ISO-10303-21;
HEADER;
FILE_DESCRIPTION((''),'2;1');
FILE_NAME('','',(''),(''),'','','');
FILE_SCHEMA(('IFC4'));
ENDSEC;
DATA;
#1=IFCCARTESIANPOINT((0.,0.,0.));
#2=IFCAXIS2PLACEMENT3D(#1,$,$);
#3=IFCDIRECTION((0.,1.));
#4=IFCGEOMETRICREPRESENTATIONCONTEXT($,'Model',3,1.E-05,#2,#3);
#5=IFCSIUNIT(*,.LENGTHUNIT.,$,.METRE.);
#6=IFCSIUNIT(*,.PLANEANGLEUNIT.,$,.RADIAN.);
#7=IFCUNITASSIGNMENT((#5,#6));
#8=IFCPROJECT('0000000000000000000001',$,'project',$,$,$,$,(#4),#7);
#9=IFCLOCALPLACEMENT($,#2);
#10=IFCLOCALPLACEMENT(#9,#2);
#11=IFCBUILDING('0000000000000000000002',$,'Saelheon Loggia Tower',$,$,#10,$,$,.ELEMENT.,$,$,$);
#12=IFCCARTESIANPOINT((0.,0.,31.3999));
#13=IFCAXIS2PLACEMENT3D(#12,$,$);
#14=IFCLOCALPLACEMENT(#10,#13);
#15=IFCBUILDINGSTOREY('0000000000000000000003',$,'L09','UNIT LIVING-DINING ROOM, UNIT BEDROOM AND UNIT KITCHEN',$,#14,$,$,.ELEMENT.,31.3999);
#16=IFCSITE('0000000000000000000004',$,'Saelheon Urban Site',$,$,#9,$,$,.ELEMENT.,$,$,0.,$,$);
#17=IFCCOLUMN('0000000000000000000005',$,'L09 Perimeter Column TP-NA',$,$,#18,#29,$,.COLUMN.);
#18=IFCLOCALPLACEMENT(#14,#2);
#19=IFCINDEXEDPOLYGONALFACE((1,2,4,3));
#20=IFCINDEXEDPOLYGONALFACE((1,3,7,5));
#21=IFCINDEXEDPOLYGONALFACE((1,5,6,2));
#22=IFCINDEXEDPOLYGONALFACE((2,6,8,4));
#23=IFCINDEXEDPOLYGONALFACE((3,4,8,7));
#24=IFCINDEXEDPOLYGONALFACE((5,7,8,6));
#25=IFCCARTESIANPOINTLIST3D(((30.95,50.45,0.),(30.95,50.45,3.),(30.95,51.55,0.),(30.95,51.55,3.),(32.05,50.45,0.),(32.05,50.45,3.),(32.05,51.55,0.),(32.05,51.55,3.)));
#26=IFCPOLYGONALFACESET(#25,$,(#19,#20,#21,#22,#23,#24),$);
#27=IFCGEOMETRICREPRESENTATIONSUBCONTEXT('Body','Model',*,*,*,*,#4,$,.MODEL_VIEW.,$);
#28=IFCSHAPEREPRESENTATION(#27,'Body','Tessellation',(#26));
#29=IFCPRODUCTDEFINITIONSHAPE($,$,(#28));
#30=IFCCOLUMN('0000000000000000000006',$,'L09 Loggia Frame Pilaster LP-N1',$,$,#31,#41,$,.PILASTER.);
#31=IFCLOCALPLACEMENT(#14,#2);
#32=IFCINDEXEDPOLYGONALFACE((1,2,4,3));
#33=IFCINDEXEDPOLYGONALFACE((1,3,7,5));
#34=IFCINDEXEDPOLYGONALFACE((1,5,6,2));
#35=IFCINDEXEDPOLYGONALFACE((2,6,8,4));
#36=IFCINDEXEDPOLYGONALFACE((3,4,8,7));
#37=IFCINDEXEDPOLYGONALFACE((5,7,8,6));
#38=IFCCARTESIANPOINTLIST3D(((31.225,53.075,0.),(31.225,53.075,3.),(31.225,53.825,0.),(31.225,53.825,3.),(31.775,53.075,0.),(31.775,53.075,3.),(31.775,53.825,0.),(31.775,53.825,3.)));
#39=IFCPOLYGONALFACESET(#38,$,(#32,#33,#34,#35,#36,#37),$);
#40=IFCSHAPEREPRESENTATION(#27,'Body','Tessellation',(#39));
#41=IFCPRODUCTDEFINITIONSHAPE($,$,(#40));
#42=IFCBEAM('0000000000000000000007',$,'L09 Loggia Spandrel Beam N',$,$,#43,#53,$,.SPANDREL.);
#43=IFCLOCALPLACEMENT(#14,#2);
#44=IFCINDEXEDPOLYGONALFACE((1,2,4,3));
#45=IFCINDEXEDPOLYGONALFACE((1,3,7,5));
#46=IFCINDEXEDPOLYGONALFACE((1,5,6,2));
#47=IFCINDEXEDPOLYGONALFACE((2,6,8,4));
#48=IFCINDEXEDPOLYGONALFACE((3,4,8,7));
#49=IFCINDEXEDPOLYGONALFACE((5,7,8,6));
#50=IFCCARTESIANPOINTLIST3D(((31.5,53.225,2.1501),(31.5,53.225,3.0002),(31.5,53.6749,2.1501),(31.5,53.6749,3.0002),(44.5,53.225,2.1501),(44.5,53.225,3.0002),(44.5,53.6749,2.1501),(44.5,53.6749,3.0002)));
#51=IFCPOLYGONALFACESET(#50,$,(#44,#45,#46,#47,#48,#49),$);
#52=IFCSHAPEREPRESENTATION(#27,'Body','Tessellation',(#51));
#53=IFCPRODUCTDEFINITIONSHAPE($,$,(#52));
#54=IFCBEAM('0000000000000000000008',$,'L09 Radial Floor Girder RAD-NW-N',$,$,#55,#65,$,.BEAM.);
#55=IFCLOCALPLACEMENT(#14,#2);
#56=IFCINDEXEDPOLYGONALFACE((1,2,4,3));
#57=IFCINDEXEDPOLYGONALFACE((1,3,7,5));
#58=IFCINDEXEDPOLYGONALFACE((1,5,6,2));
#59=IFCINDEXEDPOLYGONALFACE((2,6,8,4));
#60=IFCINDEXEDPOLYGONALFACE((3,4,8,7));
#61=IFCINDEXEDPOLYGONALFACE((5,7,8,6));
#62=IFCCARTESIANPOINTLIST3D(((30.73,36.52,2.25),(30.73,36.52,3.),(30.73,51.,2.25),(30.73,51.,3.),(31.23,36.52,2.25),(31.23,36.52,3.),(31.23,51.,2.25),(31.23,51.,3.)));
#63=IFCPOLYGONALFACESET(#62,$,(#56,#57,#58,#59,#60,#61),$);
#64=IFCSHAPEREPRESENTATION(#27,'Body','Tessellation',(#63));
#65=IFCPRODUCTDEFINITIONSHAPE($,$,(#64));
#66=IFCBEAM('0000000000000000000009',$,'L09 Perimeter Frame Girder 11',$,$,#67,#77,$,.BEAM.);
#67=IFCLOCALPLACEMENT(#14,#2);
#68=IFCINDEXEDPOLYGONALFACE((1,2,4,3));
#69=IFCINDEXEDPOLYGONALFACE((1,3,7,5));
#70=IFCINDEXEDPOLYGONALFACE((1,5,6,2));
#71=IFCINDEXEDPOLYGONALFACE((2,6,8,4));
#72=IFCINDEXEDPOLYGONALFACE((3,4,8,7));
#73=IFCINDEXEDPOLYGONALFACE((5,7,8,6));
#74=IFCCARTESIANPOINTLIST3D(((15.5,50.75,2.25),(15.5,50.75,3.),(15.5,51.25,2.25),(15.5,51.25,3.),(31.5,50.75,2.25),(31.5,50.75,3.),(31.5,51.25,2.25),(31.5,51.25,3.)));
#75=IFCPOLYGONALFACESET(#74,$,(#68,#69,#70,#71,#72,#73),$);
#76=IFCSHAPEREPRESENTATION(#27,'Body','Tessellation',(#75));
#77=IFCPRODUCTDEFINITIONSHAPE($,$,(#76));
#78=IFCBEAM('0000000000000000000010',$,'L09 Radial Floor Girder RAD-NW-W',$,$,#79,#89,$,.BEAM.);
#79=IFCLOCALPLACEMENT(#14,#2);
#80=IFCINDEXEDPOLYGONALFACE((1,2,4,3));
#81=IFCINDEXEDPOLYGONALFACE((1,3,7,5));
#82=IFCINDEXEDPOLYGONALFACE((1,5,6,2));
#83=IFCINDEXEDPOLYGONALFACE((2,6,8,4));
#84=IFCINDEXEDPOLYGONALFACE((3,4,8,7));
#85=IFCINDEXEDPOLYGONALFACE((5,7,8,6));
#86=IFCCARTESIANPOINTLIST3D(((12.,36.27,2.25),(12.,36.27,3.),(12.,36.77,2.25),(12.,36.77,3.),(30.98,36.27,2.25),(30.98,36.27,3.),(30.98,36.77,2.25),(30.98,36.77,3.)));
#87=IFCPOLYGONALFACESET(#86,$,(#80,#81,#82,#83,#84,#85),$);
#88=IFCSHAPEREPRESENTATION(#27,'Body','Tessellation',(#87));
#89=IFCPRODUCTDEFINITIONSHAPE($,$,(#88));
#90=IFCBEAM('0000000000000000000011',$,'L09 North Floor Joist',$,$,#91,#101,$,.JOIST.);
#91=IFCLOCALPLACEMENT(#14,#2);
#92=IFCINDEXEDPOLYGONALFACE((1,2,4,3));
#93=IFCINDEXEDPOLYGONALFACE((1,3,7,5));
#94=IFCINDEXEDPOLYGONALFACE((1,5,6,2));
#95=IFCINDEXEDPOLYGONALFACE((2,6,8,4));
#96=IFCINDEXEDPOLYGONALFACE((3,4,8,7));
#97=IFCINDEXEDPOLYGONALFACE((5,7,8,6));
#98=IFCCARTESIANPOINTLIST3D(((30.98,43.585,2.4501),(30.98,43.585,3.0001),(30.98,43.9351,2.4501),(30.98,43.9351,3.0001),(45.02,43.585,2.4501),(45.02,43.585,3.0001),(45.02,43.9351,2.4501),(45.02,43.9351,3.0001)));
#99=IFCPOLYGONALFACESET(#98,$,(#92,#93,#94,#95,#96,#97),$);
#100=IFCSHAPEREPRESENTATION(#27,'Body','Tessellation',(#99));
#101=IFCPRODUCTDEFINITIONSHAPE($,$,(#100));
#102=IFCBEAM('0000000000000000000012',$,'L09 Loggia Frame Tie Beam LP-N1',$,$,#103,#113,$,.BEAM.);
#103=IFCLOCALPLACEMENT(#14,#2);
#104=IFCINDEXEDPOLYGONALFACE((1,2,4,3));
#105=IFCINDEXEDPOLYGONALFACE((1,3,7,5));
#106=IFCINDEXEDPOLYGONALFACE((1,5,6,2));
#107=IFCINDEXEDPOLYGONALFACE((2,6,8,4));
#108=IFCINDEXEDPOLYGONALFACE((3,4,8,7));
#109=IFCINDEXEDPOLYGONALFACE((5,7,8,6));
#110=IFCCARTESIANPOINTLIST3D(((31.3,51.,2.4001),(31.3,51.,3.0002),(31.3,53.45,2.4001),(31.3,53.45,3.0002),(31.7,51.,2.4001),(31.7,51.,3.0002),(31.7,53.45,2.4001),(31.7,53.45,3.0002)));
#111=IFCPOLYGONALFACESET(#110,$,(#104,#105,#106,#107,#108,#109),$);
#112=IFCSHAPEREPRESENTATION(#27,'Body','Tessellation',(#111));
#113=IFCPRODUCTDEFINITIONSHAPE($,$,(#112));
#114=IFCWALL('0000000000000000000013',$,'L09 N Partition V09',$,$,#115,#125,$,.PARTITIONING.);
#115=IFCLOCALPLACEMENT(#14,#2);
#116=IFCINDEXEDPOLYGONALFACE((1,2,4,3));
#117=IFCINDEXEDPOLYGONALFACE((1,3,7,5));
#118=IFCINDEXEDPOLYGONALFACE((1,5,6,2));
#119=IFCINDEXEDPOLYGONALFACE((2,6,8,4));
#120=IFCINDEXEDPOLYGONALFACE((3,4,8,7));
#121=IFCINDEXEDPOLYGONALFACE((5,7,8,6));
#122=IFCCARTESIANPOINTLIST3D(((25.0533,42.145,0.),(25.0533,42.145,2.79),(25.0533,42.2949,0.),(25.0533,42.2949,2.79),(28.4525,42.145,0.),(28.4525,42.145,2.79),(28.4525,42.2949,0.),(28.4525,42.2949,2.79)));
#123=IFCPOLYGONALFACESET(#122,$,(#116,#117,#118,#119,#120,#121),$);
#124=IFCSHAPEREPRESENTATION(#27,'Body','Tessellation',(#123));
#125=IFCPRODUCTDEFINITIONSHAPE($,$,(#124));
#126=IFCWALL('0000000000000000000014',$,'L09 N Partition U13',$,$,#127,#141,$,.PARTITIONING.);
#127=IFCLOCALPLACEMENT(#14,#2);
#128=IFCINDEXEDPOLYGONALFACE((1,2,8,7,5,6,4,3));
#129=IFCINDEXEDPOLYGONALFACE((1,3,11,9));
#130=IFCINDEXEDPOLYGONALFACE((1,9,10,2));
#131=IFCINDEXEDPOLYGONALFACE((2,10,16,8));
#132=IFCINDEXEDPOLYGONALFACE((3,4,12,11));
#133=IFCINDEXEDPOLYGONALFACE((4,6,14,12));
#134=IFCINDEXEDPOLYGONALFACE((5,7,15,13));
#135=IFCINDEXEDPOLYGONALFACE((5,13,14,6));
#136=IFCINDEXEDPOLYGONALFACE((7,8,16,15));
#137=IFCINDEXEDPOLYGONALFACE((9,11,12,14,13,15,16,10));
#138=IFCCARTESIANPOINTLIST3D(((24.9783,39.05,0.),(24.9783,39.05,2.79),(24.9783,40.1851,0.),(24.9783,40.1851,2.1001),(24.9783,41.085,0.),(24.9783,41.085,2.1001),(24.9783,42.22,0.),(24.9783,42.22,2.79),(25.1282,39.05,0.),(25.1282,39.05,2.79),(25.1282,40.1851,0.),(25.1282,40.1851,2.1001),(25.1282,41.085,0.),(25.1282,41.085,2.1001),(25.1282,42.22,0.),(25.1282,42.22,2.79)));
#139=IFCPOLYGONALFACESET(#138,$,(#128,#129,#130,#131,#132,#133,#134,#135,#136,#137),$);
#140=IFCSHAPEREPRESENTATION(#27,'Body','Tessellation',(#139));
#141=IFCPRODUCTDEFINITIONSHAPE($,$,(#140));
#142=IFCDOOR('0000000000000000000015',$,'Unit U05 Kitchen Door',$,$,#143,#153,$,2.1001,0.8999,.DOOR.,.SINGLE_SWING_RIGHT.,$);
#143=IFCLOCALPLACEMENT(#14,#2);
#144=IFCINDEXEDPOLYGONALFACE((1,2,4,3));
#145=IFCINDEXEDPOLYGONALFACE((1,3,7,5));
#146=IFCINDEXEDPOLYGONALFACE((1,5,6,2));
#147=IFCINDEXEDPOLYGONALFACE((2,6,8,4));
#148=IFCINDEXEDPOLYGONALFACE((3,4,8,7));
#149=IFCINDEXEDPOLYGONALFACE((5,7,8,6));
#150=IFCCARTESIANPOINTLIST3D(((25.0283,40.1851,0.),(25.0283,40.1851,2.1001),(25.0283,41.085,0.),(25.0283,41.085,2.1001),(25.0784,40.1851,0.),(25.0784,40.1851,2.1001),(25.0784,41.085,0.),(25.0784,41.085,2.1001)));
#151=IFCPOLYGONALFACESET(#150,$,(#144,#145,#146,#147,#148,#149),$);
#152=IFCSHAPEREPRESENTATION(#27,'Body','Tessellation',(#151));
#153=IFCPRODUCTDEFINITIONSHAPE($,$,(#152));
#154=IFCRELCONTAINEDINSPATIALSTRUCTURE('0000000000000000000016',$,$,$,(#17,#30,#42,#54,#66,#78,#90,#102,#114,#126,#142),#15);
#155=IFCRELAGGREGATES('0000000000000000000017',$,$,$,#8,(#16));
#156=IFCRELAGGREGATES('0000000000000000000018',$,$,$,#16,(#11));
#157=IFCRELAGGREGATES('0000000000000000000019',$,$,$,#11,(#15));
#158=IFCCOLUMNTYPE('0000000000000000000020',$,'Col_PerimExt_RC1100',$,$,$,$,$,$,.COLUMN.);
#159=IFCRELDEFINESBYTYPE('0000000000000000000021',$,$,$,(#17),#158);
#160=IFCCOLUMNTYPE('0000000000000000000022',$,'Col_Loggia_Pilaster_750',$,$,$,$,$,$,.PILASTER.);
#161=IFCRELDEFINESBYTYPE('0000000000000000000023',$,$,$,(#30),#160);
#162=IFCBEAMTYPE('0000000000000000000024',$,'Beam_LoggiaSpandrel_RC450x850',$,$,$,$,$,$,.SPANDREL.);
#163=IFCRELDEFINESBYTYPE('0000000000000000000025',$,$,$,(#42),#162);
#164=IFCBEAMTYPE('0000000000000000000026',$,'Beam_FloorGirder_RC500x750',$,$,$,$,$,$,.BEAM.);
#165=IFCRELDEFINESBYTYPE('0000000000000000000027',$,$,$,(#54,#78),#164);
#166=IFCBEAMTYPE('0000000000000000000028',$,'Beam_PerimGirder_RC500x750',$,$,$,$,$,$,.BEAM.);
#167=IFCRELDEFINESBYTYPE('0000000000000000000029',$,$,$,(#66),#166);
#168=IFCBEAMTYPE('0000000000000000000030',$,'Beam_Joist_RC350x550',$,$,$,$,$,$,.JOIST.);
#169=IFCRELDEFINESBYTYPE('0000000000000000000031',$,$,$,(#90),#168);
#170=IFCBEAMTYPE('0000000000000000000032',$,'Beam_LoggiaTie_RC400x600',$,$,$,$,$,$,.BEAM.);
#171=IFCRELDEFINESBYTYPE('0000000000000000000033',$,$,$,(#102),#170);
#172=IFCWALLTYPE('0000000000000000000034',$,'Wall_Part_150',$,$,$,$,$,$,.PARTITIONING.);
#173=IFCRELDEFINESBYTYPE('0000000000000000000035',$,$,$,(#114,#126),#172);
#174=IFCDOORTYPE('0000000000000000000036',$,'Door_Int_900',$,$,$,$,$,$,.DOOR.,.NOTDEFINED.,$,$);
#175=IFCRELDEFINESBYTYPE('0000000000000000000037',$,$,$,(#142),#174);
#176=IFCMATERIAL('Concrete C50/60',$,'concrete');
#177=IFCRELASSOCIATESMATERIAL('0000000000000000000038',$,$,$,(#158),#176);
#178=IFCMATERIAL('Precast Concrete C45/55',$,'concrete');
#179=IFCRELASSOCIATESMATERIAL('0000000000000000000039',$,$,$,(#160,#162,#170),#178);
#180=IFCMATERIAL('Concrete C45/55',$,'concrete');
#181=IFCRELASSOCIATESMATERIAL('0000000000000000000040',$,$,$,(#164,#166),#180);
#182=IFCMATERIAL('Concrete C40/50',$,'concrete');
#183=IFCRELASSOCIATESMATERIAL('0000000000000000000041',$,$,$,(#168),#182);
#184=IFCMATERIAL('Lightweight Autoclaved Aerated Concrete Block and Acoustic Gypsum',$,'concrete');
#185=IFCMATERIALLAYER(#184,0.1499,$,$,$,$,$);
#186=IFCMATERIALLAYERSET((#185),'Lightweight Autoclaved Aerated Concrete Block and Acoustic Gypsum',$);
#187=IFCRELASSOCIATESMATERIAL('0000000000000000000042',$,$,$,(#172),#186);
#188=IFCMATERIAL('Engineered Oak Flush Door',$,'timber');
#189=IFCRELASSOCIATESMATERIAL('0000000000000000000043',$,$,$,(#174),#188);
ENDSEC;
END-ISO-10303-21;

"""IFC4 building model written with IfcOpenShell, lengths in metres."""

from ifc_helpers import new_model, si_unit, direction, frame, frame_2d, origin, origin_2d, place, context, subcontext, project, spatial, rectangle, extrude, source, transform, mapped, material, layer, layer_set, material_profile, profile_set, type_object, element, fill, save


model = new_model("IFC4")

# Units and contexts
model_context = context("Model", 3, precision=1e-05, world=origin(), true_north=direction((0.0, 1.0)))
body_context = subcontext(model_context, "Body", "Model", "MODEL_VIEW")
ifc_project = project(units=[si_unit("LENGTHUNIT", "METRE"), si_unit("PLANEANGLEUNIT", "RADIAN")], contexts=[model_context])

# Site, building, storey
site_placement = place(None, origin())
site = spatial("IfcSite", under=ifc_project, at=site_placement, Name="Saelheon Urban Site", CompositionType="ELEMENT", RefElevation=0.0)
building_placement = place(site_placement, origin())
building = spatial("IfcBuilding", under=site, at=building_placement, Name="Saelheon Loggia Tower", CompositionType="ELEMENT")
storey_placement = place(building_placement, frame((0.0, 0.0, 31.3999)))
storey = spatial("IfcBuildingStorey", under=building, at=storey_placement, Name="L09", Description="UNIT LIVING-DINING ROOM, UNIT BEDROOM AND UNIT KITCHEN", CompositionType="ELEMENT", Elevation=31.3999)

# Columns
ifc_material_1 = material(Name="Concrete C50/60", Category="concrete")
ifc_material_profile_1 = material_profile(ifc_material_1, rectangle(XDim=1.1001, YDim=1.1001, at=origin_2d()), Name="RC-1100x1100")
ifc_profile_set_1 = profile_set([ifc_material_profile_1], Name="Concrete C50/60")
column_type_1 = type_object("IfcColumnType", Name="Col_PerimExt_RC1100", PredefinedType="COLUMN", material=ifc_profile_set_1)
shared_shape_1 = source(origin(), body_context, "Body", "SweptSolid", [
    extrude(rectangle(XDim=1.1001, YDim=1.1001, at=origin_2d()), origin(), (0.0, 0.0, 1.0), 3.0),
])
column_1_placement = place(storey_placement, frame((31.5, 51.0, 0.0), z_axis=(0.0, 0.0, 1.0), x_axis=(1.0, 0.0, 0.0)))
element("IfcColumn", 1, at=column_1_placement, inside=storey, type_object=column_type_1, Name="L09 Perimeter Column TP-NA", PredefinedType="COLUMN", context=body_context, shape_type="MappedRepresentation", body=[
    mapped(shared_shape_1, transform((0.0, 0.0, 0.0), scale=1.0)),
])
ifc_material_2 = material(Name="Precast Concrete C45/55", Category="concrete")
ifc_material_profile_2 = material_profile(ifc_material_2, rectangle(XDim=0.55, YDim=0.75, at=origin_2d()), Name="RC-550x750")
ifc_profile_set_2 = profile_set([ifc_material_profile_2], Name="Precast Concrete C45/55")
column_type_2 = type_object("IfcColumnType", Name="Col_Loggia_Pilaster_750", PredefinedType="PILASTER", material=ifc_profile_set_2)
shared_shape_2 = source(origin(), body_context, "Body", "SweptSolid", [
    extrude(rectangle(XDim=0.55, YDim=0.75, at=origin_2d()), origin(), (0.0, 0.0, 1.0), 3.0),
])
column_2_placement = place(storey_placement, frame((31.5, 53.45, 0.0), z_axis=(0.0, 0.0, 1.0), x_axis=(1.0, 0.0, 0.0)))
element("IfcColumn", 2, at=column_2_placement, inside=storey, type_object=column_type_2, Name="L09 Loggia Frame Pilaster LP-N1", PredefinedType="PILASTER", context=body_context, shape_type="MappedRepresentation", body=[
    mapped(shared_shape_2, transform((0.0, 0.0, 0.0), scale=1.0)),
])

# Beams
ifc_material_profile_3 = material_profile(ifc_material_2, rectangle(XDim=0.45, YDim=0.8501, at=origin_2d()), Name="RC-450x850")
ifc_profile_set_3 = profile_set([ifc_material_profile_3], Name="Precast Concrete C45/55")
beam_type_1 = type_object("IfcBeamType", Name="Beam_LoggiaSpandrel_RC450x850", PredefinedType="SPANDREL", material=ifc_profile_set_3)
shared_shape_3 = source(origin(), body_context, "Body", "SweptSolid", [
    extrude(rectangle(XDim=0.45, YDim=0.8501, at=origin_2d()), origin(), (0.0, 0.0, 1.0), 13.0),
])
beam_1_placement = place(storey_placement, frame((31.5, 53.45, 2.5752), z_axis=(1.0, 0.0, 0.0), x_axis=(0.0, 1.0, 0.0)))
element("IfcBeam", 3, at=beam_1_placement, inside=storey, type_object=beam_type_1, Name="L09 Loggia Spandrel Beam N", PredefinedType="SPANDREL", context=body_context, shape_type="MappedRepresentation", body=[
    mapped(shared_shape_3, transform((0.0, 0.0, 0.0), scale=1.0)),
])
ifc_material_3 = material(Name="Concrete C45/55", Category="concrete")
ifc_material_profile_4 = material_profile(ifc_material_3, rectangle(XDim=0.5, YDim=0.75, at=origin_2d()), Name="RC-500x750")
ifc_profile_set_4 = profile_set([ifc_material_profile_4], Name="Concrete C45/55")
beam_type_2 = type_object("IfcBeamType", Name="Beam_FloorGirder_RC500x750", PredefinedType="BEAM", material=ifc_profile_set_4)
shared_shape_4 = source(origin(), body_context, "Body", "SweptSolid", [
    extrude(rectangle(XDim=0.5, YDim=0.75, at=origin_2d()), origin(), (0.0, 0.0, 1.0), 14.48),
])
beam_2_placement = place(storey_placement, frame((30.98, 36.52, 2.625), z_axis=(0.0, 1.0, 0.0), x_axis=(-1.0, 0.0, 0.0)))
element("IfcBeam", 4, at=beam_2_placement, inside=storey, type_object=beam_type_2, Name="L09 Radial Floor Girder RAD-NW-N", PredefinedType="BEAM", context=body_context, shape_type="MappedRepresentation", body=[
    mapped(shared_shape_4, transform((0.0, 0.0, 0.0), scale=1.0)),
])
ifc_material_profile_5 = material_profile(ifc_material_3, rectangle(XDim=0.5, YDim=0.75, at=origin_2d()), Name="RC-500x750")
ifc_profile_set_5 = profile_set([ifc_material_profile_5], Name="Concrete C45/55")
beam_type_3 = type_object("IfcBeamType", Name="Beam_PerimGirder_RC500x750", PredefinedType="BEAM", material=ifc_profile_set_5)
shared_shape_5 = source(origin(), body_context, "Body", "SweptSolid", [
    extrude(rectangle(XDim=0.5, YDim=0.75, at=origin_2d()), origin(), (0.0, 0.0, 1.0), 16.0),
])
beam_3_placement = place(storey_placement, frame((31.5, 51.0, 2.625), z_axis=(-1.0, 0.0, 0.0), x_axis=(0.0, -1.0, 0.0)))
element("IfcBeam", 5, at=beam_3_placement, inside=storey, type_object=beam_type_3, Name="L09 Perimeter Frame Girder 11", PredefinedType="BEAM", context=body_context, shape_type="MappedRepresentation", body=[
    mapped(shared_shape_5, transform((0.0, 0.0, 0.0), scale=1.0)),
])
shared_shape_6 = source(origin(), body_context, "Body", "SweptSolid", [
    extrude(rectangle(XDim=0.5, YDim=0.75, at=origin_2d()), origin(), (0.0, 0.0, 1.0), 18.98),
])
beam_4_placement = place(storey_placement, frame((30.98, 36.52, 2.625), z_axis=(-1.0, 0.0, 0.0), x_axis=(0.0, -1.0, 0.0)))
element("IfcBeam", 6, at=beam_4_placement, inside=storey, type_object=beam_type_2, Name="L09 Radial Floor Girder RAD-NW-W", PredefinedType="BEAM", context=body_context, shape_type="MappedRepresentation", body=[
    mapped(shared_shape_6, transform((0.0, 0.0, 0.0), scale=1.0)),
])
ifc_material_4 = material(Name="Concrete C40/50", Category="concrete")
ifc_material_profile_6 = material_profile(ifc_material_4, rectangle(XDim=0.3501, YDim=0.55, at=origin_2d()), Name="RC-350x550")
ifc_profile_set_6 = profile_set([ifc_material_profile_6], Name="Concrete C40/50")
beam_type_4 = type_object("IfcBeamType", Name="Beam_Joist_RC350x550", PredefinedType="JOIST", material=ifc_profile_set_6)
shared_shape_7 = source(origin(), body_context, "Body", "SweptSolid", [
    extrude(rectangle(XDim=0.3501, YDim=0.55, at=origin_2d()), origin(), (0.0, 0.0, 1.0), 14.04),
])
beam_5_placement = place(storey_placement, frame((30.98, 43.76, 2.7251), z_axis=(1.0, 0.0, 0.0), x_axis=(0.0, 1.0, 0.0)))
element("IfcBeam", 7, at=beam_5_placement, inside=storey, type_object=beam_type_4, Name="L09 North Floor Joist", PredefinedType="JOIST", context=body_context, shape_type="MappedRepresentation", body=[
    mapped(shared_shape_7, transform((0.0, 0.0, 0.0), scale=1.0)),
])
ifc_material_profile_7 = material_profile(ifc_material_2, rectangle(XDim=0.3999, YDim=0.6001, at=origin_2d()), Name="RC-400x600")
ifc_profile_set_7 = profile_set([ifc_material_profile_7], Name="Precast Concrete C45/55")
beam_type_5 = type_object("IfcBeamType", Name="Beam_LoggiaTie_RC400x600", PredefinedType="BEAM", material=ifc_profile_set_7)
shared_shape_8 = source(origin(), body_context, "Body", "SweptSolid", [
    extrude(rectangle(XDim=0.3999, YDim=0.6001, at=origin_2d()), origin(), (0.0, 0.0, 1.0), 2.45),
])
beam_6_placement = place(storey_placement, frame((31.5, 51.0, 2.7002), z_axis=(0.0, 1.0, 0.0), x_axis=(-1.0, 0.0, 0.0)))
element("IfcBeam", 8, at=beam_6_placement, inside=storey, type_object=beam_type_5, Name="L09 Loggia Frame Tie Beam LP-N1", PredefinedType="BEAM", context=body_context, shape_type="MappedRepresentation", body=[
    mapped(shared_shape_8, transform((0.0, 0.0, 0.0), scale=1.0)),
])

# Wall
ifc_material_5 = material(Name="Lightweight Autoclaved Aerated Concrete Block and Acoustic Gypsum", Category="concrete")
ifc_layer_1 = layer(ifc_material_5, 0.1499)
ifc_layer_set_1 = layer_set([ifc_layer_1], Name="Lightweight Autoclaved Aerated Concrete Block and Acoustic Gypsum")
wall_type_1 = type_object("IfcWallType", Name="Wall_Part_150", PredefinedType="PARTITIONING", material=ifc_layer_set_1)
wall_1_placement = place(storey_placement, frame((25.0532, 42.22, 0.0), z_axis=(0.0, 0.0, 1.0), x_axis=(1.0, 0.0, 0.0)))
element("IfcWall", 9, at=wall_1_placement, inside=storey, type_object=wall_type_1, Name="L09 N Partition V09", PredefinedType="PARTITIONING", context=body_context, shape_type="SweptSolid", body=[
    extrude(rectangle(XDim=3.3992, YDim=0.1499, at=frame_2d((1.6997, 0.0))), origin(), (0.0, 0.0, 1.0), 2.79),
])

# Wall, opening, door
wall_2_placement = place(storey_placement, frame((25.0532, 39.05, 0.0), z_axis=(0.0, 0.0, 1.0), x_axis=(0.0, 1.0, 0.0)))
wall_2 = element("IfcWall", 10, at=wall_2_placement, inside=storey, type_object=wall_type_1, Name="L09 N Partition U13", PredefinedType="PARTITIONING", context=body_context, shape_type="SweptSolid", body=[
    extrude(rectangle(XDim=3.1699, YDim=0.1499, at=frame_2d((1.585, 0.0))), origin(), (0.0, 0.0, 1.0), 2.79),
])
opening_1_placement = place(wall_2_placement, frame((1.135, 0.0, 0.0)))
opening_1 = element("IfcOpeningElement", 11, at=opening_1_placement, cuts=wall_2, PredefinedType="OPENING", context=body_context, shape_type="SweptSolid", body=[
    extrude(rectangle(XDim=0.8999, YDim=2.1001, at=frame_2d((0.45, 1.05))), frame((0.0, 0.0869, 0.0), z_axis=(0.0, -1.0, 0.0), x_axis=(1.0, 0.0, 0.0)), (0.0, 0.0, 1.0), 0.1738),
])
ifc_material_6 = material(Name="Engineered Oak Flush Door", Category="timber")
door_type_1 = type_object("IfcDoorType", Name="Door_Int_900", OperationType="NOTDEFINED", PredefinedType="DOOR", material=ifc_material_6)
shared_shape_9 = source(origin(), body_context, "Body", "SweptSolid", [
    extrude(rectangle(XDim=0.8999, YDim=2.1001, at=frame_2d((0.45, 1.05))), frame((0.0, 0.0249, 0.0), z_axis=(0.0, -1.0, 0.0), x_axis=(1.0, 0.0, 0.0)), (0.0, 0.0, 1.0), 0.05),
])
door_1_placement = place(opening_1_placement, origin())
door_1 = element("IfcDoor", 12, at=door_1_placement, inside=storey, type_object=door_type_1, Name="Unit U05 Kitchen Door", OperationType="SINGLE_SWING_RIGHT", OverallHeight=2.1001, OverallWidth=0.8999, PredefinedType="DOOR", context=body_context, shape_type="MappedRepresentation", body=[
    mapped(shared_shape_9, transform((0.0, 0.0, 0.0), scale=1.0)),
])
fill(opening_1, door_1)

save(model, "model.ifc")
